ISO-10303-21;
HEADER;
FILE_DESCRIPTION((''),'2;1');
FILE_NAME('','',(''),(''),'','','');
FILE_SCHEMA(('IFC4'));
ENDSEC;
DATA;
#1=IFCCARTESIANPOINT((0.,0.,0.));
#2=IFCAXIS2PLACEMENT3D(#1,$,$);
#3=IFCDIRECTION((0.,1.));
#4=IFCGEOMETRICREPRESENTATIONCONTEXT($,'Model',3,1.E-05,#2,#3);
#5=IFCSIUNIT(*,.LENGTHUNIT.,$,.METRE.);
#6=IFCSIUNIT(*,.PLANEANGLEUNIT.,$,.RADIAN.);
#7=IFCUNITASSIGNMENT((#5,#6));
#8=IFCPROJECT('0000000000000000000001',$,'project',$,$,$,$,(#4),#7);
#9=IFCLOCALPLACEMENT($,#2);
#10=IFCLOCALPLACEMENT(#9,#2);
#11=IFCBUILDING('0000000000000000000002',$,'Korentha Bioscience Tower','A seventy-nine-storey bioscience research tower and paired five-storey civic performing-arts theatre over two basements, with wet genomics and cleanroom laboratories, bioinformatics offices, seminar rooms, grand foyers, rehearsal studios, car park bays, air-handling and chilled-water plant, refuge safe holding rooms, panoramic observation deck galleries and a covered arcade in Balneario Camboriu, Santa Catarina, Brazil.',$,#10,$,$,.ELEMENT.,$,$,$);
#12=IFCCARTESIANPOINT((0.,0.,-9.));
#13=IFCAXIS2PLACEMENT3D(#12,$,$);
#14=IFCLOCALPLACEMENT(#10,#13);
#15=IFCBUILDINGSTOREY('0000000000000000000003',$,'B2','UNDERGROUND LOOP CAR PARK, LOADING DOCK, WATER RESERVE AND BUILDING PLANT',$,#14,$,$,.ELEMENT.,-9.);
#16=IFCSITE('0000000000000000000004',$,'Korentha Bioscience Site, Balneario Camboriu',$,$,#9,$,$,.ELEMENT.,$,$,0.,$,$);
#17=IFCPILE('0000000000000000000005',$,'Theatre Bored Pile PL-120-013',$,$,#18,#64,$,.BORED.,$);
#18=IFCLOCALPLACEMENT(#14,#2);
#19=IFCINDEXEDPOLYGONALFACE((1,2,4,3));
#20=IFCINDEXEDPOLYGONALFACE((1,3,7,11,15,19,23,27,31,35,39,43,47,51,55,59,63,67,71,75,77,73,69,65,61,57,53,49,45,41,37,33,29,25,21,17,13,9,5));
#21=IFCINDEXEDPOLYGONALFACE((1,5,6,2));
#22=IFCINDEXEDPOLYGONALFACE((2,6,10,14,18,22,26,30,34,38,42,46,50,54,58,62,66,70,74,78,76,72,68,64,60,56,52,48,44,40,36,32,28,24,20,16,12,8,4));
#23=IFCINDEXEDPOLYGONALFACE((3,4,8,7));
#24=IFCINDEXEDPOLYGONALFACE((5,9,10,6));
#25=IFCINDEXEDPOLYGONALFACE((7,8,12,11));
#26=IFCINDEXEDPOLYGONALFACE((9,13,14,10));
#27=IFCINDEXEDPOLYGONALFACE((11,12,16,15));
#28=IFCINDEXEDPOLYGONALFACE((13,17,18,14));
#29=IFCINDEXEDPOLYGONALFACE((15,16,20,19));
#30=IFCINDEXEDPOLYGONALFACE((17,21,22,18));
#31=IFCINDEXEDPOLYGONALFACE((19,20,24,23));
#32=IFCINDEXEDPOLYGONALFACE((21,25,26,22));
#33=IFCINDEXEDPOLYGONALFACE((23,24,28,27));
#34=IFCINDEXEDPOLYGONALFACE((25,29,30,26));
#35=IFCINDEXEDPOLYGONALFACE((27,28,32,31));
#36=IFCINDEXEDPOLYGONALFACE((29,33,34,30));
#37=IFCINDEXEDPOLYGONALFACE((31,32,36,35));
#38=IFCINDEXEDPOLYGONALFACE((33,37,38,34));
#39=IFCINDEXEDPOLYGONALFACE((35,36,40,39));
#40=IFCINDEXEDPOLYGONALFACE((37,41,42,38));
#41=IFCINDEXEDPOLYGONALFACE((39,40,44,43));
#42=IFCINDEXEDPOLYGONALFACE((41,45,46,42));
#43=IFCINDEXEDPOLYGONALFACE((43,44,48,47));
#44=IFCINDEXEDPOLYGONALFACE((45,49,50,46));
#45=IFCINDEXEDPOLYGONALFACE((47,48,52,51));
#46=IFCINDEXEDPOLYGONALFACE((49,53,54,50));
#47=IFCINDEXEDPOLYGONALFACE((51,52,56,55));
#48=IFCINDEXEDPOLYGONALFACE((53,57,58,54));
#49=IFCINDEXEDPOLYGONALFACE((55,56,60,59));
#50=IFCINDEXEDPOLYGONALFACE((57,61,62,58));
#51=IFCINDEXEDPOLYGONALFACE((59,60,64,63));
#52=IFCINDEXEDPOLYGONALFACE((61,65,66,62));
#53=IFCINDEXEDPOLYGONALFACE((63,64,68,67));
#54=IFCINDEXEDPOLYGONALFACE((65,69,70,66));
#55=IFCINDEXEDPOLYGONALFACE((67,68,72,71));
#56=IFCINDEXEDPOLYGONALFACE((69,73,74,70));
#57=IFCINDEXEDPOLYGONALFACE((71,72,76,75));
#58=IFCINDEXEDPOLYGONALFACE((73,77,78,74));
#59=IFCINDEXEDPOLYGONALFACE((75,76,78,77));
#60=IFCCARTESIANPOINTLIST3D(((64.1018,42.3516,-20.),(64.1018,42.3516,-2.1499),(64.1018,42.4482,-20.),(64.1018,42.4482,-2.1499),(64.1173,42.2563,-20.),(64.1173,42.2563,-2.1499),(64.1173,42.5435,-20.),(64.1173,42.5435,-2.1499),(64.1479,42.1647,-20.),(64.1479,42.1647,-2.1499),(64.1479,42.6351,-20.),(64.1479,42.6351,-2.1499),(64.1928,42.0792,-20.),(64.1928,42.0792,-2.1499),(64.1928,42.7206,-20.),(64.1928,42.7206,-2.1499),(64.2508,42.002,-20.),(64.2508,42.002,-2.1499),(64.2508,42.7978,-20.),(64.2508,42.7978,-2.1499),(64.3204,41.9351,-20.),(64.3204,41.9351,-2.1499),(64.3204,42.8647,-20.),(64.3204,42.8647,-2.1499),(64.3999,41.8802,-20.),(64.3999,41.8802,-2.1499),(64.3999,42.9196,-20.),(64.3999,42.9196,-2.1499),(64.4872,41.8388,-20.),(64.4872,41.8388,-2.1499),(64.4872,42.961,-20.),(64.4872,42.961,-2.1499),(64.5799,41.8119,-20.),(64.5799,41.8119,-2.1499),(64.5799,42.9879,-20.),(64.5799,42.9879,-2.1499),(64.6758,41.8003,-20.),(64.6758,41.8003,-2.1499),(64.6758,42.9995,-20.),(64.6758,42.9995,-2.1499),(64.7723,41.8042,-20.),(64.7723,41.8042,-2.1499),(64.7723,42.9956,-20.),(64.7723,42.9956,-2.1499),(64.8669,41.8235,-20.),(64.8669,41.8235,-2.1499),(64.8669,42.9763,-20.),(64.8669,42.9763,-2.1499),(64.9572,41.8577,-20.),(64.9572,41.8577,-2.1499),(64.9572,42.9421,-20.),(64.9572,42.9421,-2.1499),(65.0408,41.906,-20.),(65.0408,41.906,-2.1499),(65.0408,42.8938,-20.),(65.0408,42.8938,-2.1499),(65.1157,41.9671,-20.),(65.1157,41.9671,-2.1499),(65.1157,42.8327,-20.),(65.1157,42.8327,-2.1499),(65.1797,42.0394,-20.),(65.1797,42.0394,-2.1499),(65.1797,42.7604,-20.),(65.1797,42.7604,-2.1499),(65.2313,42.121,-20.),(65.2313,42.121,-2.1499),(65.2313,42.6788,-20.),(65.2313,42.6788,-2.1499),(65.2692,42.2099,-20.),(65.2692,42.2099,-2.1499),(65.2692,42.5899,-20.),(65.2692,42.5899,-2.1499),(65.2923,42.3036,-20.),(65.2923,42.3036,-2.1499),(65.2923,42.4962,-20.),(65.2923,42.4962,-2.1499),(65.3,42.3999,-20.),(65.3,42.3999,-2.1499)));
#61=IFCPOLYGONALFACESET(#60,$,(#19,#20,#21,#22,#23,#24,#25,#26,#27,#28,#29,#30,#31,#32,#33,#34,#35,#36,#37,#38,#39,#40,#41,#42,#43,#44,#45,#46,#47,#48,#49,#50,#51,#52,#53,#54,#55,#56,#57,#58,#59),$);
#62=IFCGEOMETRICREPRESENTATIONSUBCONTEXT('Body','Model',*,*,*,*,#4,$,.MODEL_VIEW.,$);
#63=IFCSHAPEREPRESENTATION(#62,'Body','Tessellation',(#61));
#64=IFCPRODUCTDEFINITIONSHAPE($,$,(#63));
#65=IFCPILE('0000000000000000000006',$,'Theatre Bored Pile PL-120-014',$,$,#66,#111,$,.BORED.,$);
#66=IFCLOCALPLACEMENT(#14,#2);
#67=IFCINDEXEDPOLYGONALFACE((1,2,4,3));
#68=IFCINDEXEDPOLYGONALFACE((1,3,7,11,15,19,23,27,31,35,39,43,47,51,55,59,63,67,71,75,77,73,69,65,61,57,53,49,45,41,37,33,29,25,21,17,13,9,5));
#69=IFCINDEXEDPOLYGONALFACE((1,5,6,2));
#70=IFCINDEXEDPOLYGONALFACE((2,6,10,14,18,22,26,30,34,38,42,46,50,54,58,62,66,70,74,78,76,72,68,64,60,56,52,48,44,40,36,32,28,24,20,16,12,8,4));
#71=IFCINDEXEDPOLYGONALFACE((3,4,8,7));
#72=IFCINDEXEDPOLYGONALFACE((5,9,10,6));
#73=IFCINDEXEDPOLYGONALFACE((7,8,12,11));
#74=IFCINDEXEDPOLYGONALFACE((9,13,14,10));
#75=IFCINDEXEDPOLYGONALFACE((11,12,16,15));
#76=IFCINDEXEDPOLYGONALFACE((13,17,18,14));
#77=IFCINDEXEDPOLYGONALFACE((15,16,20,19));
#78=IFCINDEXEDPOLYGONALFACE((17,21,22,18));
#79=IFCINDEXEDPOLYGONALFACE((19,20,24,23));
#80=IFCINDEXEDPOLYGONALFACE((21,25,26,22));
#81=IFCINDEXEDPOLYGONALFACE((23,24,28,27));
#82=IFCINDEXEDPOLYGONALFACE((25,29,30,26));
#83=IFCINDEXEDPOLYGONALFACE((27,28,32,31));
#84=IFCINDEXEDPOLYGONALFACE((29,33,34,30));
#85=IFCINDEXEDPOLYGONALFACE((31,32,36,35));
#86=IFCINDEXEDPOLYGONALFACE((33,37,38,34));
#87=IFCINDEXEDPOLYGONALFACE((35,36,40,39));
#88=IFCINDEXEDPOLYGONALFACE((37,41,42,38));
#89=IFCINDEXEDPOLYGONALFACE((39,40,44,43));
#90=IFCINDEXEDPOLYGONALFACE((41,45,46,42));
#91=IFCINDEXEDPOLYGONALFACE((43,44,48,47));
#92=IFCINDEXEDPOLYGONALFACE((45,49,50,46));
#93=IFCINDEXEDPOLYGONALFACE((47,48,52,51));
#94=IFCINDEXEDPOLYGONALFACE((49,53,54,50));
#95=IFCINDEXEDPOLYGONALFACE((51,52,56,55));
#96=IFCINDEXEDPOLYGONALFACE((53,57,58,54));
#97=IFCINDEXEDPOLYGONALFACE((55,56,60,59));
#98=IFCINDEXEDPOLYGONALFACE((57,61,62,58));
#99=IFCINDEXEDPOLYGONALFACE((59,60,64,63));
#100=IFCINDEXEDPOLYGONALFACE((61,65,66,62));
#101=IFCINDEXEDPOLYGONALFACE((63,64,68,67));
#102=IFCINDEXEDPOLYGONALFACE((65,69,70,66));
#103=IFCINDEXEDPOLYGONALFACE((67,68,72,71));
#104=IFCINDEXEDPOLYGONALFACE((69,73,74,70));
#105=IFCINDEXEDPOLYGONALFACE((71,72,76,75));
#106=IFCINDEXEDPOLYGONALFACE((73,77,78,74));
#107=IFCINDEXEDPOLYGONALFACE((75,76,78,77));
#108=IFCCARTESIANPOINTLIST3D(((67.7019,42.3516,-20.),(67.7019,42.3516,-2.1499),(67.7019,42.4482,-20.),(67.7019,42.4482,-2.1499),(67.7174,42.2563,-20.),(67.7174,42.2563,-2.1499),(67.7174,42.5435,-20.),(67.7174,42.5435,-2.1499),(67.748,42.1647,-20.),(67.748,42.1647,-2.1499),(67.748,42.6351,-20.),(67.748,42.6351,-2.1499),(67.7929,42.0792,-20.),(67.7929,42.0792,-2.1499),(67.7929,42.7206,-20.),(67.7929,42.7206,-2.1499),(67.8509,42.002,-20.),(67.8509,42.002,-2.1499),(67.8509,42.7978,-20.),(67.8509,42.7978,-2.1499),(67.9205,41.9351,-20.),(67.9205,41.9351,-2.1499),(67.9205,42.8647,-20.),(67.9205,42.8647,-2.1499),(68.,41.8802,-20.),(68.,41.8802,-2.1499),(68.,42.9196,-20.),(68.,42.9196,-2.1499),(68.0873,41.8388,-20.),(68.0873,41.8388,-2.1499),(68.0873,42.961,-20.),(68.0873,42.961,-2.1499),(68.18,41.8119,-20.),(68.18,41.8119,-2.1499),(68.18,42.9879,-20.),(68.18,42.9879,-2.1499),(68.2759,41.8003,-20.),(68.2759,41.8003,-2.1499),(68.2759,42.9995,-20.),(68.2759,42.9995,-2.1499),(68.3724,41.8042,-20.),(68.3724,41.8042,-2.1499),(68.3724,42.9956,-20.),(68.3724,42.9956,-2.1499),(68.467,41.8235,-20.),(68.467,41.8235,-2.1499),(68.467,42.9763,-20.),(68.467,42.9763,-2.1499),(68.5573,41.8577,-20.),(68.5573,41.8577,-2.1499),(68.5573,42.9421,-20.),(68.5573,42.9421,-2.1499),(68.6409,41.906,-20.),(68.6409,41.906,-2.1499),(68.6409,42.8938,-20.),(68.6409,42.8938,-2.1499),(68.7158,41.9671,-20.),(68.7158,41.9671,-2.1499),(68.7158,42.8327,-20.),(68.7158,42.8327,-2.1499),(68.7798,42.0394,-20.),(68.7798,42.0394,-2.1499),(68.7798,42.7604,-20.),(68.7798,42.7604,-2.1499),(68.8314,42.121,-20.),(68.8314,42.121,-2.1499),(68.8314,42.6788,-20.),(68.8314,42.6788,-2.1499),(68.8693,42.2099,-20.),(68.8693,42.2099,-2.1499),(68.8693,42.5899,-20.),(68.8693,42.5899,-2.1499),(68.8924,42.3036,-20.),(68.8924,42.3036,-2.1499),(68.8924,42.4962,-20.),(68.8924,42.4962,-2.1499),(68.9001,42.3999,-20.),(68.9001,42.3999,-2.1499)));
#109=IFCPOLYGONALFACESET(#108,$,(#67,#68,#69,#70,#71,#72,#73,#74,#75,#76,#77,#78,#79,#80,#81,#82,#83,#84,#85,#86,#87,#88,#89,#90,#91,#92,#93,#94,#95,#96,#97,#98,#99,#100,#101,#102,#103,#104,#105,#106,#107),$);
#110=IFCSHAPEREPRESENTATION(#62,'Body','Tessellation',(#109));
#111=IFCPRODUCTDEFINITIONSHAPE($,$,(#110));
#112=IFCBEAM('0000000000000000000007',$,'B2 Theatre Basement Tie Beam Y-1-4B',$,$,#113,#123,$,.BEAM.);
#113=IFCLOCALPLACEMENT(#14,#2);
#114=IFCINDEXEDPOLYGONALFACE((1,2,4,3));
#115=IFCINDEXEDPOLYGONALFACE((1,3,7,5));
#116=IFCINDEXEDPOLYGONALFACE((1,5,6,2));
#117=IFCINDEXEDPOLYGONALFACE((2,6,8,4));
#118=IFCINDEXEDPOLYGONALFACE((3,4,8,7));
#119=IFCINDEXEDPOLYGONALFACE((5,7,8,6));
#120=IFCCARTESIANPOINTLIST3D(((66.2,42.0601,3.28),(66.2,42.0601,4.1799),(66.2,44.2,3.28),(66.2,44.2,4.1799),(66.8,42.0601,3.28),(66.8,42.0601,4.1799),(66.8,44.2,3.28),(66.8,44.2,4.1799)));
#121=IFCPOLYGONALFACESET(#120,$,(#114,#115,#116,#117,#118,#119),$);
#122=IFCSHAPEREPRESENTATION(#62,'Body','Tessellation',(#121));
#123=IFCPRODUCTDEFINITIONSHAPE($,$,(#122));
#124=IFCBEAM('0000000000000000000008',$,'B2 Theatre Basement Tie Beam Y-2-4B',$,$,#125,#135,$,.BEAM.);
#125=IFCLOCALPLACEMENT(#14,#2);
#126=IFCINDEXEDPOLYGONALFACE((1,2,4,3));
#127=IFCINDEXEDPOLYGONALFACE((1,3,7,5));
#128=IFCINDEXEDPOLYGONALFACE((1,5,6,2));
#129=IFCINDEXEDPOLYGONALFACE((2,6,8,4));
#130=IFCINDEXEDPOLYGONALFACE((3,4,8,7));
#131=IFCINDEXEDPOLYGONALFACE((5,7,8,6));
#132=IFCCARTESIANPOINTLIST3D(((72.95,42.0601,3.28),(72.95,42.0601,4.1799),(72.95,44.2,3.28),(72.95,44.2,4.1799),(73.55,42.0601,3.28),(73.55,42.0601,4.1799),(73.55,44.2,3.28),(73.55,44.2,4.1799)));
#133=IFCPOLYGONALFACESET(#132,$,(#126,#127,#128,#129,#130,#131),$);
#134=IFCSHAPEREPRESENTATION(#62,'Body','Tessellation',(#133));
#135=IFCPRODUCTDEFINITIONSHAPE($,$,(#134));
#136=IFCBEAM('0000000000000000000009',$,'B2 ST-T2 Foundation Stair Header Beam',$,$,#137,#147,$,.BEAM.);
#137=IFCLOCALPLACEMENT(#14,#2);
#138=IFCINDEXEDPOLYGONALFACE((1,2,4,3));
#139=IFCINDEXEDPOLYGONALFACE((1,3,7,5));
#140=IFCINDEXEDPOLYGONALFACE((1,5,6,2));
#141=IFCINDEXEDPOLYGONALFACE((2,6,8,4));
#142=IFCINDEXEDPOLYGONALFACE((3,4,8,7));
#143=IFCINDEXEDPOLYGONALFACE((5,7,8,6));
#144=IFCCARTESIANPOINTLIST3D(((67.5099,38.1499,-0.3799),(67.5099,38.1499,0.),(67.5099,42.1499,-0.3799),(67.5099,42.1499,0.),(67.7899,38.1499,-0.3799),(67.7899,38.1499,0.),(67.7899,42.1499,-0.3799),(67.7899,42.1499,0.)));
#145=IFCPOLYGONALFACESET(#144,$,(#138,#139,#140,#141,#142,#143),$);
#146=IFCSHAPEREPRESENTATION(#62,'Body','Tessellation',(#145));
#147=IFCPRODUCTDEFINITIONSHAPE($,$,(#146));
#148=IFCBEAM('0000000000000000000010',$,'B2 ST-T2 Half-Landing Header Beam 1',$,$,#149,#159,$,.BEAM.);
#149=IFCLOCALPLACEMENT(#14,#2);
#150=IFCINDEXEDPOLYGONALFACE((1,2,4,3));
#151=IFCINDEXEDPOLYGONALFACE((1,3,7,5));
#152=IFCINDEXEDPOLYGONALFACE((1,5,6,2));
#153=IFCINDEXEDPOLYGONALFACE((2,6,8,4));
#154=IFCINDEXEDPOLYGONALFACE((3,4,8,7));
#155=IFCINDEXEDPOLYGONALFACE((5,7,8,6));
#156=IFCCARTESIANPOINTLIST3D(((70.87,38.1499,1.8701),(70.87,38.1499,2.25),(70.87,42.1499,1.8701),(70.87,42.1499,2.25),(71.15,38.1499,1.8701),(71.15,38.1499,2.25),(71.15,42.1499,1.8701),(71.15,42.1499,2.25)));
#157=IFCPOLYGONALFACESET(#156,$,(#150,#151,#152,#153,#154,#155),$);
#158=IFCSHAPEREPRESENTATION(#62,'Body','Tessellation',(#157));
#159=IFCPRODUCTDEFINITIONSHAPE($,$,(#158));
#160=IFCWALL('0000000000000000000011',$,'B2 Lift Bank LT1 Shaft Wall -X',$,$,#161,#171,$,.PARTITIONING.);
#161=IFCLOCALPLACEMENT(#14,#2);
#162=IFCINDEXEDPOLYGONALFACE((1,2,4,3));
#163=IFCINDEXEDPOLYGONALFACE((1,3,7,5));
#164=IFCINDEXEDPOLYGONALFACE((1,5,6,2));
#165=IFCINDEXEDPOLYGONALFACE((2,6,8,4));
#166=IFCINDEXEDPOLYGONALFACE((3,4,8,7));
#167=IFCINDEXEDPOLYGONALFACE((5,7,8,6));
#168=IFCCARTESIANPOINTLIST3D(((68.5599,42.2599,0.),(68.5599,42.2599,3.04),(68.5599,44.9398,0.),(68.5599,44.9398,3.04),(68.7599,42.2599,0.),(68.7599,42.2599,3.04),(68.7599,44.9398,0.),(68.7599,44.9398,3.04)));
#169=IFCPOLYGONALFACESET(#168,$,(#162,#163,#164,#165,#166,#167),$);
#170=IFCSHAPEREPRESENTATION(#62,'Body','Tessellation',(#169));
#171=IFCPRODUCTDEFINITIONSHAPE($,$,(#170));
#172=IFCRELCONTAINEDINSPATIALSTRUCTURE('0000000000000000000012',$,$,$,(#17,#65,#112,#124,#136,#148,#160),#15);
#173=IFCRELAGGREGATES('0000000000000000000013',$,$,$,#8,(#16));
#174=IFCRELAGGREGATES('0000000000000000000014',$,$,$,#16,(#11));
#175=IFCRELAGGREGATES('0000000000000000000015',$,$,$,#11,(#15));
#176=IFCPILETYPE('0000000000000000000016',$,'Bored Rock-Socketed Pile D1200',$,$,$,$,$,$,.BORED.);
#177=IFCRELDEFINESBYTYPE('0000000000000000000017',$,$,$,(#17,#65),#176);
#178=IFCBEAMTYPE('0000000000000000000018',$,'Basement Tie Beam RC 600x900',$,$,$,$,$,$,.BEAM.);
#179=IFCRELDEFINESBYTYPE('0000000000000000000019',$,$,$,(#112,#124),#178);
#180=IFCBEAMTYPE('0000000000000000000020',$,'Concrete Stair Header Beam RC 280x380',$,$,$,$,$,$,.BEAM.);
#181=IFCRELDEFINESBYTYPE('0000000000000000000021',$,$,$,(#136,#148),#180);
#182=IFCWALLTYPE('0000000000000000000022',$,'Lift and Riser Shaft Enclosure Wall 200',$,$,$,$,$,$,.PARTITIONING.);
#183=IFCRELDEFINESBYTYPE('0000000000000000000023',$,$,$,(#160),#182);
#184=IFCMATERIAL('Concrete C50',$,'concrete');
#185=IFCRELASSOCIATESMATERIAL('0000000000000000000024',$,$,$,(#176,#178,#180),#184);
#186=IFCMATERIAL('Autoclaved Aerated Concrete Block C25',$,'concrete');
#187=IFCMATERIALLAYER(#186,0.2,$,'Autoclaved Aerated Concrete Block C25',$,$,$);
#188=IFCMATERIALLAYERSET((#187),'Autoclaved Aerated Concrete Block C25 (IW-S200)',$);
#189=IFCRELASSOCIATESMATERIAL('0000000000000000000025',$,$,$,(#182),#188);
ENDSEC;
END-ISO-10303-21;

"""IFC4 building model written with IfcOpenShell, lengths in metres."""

from ifc_helpers import new_model, si_unit, direction, frame, frame_2d, origin, origin_2d, place, context, subcontext, project, spatial, rectangle, circle, extrude, material, layer, layer_set, material_profile, profile_set, type_object, element, save


model = new_model("IFC4")

# Units and contexts
model_context = context("Model", 3, precision=1e-05, world=origin(), true_north=direction((0.0, 1.0)))
body_context = subcontext(model_context, "Body", "Model", "MODEL_VIEW")
ifc_project = project(units=[si_unit("LENGTHUNIT", "METRE"), si_unit("PLANEANGLEUNIT", "RADIAN")], contexts=[model_context])

# Site, building, storey
site_placement = place(None, origin())
site = spatial("IfcSite", under=ifc_project, at=site_placement, Name="Korentha Bioscience Site, Balneario Camboriu", CompositionType="ELEMENT", RefElevation=0.0)
building_placement = place(site_placement, origin())
building = spatial("IfcBuilding", under=site, at=building_placement, Name="Korentha Bioscience Tower", Description="A seventy-nine-storey bioscience research tower and paired five-storey civic performing-arts theatre over two basements, with wet genomics and cleanroom laboratories, bioinformatics offices, seminar rooms, grand foyers, rehearsal studios, car park bays, air-handling and chilled-water plant, refuge safe holding rooms, panoramic observation deck galleries and a covered arcade in Balneario Camboriu, Santa Catarina, Brazil.", CompositionType="ELEMENT")
storey_placement = place(building_placement, frame((0.0, 0.0, -9.0)))
storey = spatial("IfcBuildingStorey", under=building, at=storey_placement, Name="B2", Description="UNDERGROUND LOOP CAR PARK, LOADING DOCK, WATER RESERVE AND BUILDING PLANT", CompositionType="ELEMENT", Elevation=-9.0)

# Piles
ifc_material_1 = material(Name="Concrete C50", Category="concrete")
ifc_material_profile_1 = material_profile(ifc_material_1, circle(Radius=0.6001, at=origin_2d()), Name="Concrete C50")
ifc_profile_set_1 = profile_set([ifc_material_profile_1], Name="Concrete C50 (PL-120)")
pile_type = type_object("IfcPileType", Name="Bored Rock-Socketed Pile D1200", PredefinedType="BORED", material=ifc_profile_set_1)
for number, where, z_axis, x_axis, name in (
    (1, (64.7, 42.3999, -2.1499), (0.0, 0.0, -1.0), (1.0, 0.0, 0.0), "Theatre Bored Pile PL-120-013"),
    (2, (68.3, 42.3999, -2.1499), (0.0, 0.0, -1.0), (1.0, 0.0, 0.0), "Theatre Bored Pile PL-120-014"),
):
    element("IfcPile", number, at=place(storey_placement, frame(where, z_axis=z_axis, x_axis=x_axis)), inside=storey, type_object=pile_type, Name=name, PredefinedType="BORED", context=body_context, shape_type="SweptSolid", body=[
        extrude(circle(Radius=0.6001, at=origin_2d()), origin(), (0.0, 0.0, 1.0), 17.8501),
    ])

# Beams
ifc_material_profile_2 = material_profile(ifc_material_1, rectangle(XDim=0.6001, YDim=0.8999, at=origin_2d()), Name="Concrete C50")
ifc_profile_set_2 = profile_set([ifc_material_profile_2], Name="Concrete C50 (BB-600)")
beam_type_1 = type_object("IfcBeamType", Name="Basement Tie Beam RC 600x900", PredefinedType="BEAM", material=ifc_profile_set_2)
for number, where, z_axis, x_axis, name in (
    (3, (66.5, 42.0601, 3.73), (0.0, 1.0, 0.0), (-1.0, 0.0, 0.0), "B2 Theatre Basement Tie Beam Y-1-4B"),
    (4, (73.25, 42.0601, 3.73), (0.0, 1.0, 0.0), (-1.0, 0.0, 0.0), "B2 Theatre Basement Tie Beam Y-2-4B"),
):
    element("IfcBeam", number, at=place(storey_placement, frame(where, z_axis=z_axis, x_axis=x_axis)), inside=storey, type_object=beam_type_1, Name=name, PredefinedType="BEAM", context=body_context, shape_type="SweptSolid", body=[
        extrude(rectangle(XDim=0.6001, YDim=0.8999, at=origin_2d()), origin(), (0.0, 0.0, 1.0), 2.1399),
    ])
ifc_material_profile_3 = material_profile(ifc_material_1, rectangle(XDim=0.28, YDim=0.3799, at=origin_2d()), Name="Concrete C50")
ifc_profile_set_3 = profile_set([ifc_material_profile_3], Name="Concrete C50 (ST-HB380)")
beam_type_2 = type_object("IfcBeamType", Name="Concrete Stair Header Beam RC 280x380", PredefinedType="BEAM", material=ifc_profile_set_3)
for number, where, z_axis, x_axis, name in (
    (5, (67.6499, 38.1499, -0.1899), (0.0, 1.0, 0.0), (-1.0, 0.0, 0.0), "B2 ST-T2 Foundation Stair Header Beam"),
    (6, (71.01, 38.1499, 2.0601), (0.0, 1.0, 0.0), (-1.0, 0.0, 0.0), "B2 ST-T2 Half-Landing Header Beam 1"),
):
    element("IfcBeam", number, at=place(storey_placement, frame(where, z_axis=z_axis, x_axis=x_axis)), inside=storey, type_object=beam_type_2, Name=name, PredefinedType="BEAM", context=body_context, shape_type="SweptSolid", body=[
        extrude(rectangle(XDim=0.28, YDim=0.3799, at=origin_2d()), origin(), (0.0, 0.0, 1.0), 4.0),
    ])

# Wall
ifc_material_2 = material(Name="Autoclaved Aerated Concrete Block C25", Category="concrete")
ifc_layer_1 = layer(ifc_material_2, 0.2, Name="Autoclaved Aerated Concrete Block C25")
ifc_layer_set_1 = layer_set([ifc_layer_1], Name="Autoclaved Aerated Concrete Block C25 (IW-S200)")
wall_type_1 = type_object("IfcWallType", Name="Lift and Riser Shaft Enclosure Wall 200", PredefinedType="PARTITIONING", material=ifc_layer_set_1)
wall_1_placement = place(storey_placement, frame((68.6599, 42.26, 0.0), z_axis=(0.0, 0.0, 1.0), x_axis=(0.0, 1.0, 0.0)))
element("IfcWall", 7, at=wall_1_placement, inside=storey, type_object=wall_type_1, Name="B2 Lift Bank LT1 Shaft Wall -X", PredefinedType="PARTITIONING", context=body_context, shape_type="SweptSolid", body=[
    extrude(rectangle(XDim=2.6799, YDim=0.2, at=frame_2d((1.3398, 0.0))), origin(), (0.0, 0.0, 1.0), 3.04),
])

save(model, "model.ifc")
